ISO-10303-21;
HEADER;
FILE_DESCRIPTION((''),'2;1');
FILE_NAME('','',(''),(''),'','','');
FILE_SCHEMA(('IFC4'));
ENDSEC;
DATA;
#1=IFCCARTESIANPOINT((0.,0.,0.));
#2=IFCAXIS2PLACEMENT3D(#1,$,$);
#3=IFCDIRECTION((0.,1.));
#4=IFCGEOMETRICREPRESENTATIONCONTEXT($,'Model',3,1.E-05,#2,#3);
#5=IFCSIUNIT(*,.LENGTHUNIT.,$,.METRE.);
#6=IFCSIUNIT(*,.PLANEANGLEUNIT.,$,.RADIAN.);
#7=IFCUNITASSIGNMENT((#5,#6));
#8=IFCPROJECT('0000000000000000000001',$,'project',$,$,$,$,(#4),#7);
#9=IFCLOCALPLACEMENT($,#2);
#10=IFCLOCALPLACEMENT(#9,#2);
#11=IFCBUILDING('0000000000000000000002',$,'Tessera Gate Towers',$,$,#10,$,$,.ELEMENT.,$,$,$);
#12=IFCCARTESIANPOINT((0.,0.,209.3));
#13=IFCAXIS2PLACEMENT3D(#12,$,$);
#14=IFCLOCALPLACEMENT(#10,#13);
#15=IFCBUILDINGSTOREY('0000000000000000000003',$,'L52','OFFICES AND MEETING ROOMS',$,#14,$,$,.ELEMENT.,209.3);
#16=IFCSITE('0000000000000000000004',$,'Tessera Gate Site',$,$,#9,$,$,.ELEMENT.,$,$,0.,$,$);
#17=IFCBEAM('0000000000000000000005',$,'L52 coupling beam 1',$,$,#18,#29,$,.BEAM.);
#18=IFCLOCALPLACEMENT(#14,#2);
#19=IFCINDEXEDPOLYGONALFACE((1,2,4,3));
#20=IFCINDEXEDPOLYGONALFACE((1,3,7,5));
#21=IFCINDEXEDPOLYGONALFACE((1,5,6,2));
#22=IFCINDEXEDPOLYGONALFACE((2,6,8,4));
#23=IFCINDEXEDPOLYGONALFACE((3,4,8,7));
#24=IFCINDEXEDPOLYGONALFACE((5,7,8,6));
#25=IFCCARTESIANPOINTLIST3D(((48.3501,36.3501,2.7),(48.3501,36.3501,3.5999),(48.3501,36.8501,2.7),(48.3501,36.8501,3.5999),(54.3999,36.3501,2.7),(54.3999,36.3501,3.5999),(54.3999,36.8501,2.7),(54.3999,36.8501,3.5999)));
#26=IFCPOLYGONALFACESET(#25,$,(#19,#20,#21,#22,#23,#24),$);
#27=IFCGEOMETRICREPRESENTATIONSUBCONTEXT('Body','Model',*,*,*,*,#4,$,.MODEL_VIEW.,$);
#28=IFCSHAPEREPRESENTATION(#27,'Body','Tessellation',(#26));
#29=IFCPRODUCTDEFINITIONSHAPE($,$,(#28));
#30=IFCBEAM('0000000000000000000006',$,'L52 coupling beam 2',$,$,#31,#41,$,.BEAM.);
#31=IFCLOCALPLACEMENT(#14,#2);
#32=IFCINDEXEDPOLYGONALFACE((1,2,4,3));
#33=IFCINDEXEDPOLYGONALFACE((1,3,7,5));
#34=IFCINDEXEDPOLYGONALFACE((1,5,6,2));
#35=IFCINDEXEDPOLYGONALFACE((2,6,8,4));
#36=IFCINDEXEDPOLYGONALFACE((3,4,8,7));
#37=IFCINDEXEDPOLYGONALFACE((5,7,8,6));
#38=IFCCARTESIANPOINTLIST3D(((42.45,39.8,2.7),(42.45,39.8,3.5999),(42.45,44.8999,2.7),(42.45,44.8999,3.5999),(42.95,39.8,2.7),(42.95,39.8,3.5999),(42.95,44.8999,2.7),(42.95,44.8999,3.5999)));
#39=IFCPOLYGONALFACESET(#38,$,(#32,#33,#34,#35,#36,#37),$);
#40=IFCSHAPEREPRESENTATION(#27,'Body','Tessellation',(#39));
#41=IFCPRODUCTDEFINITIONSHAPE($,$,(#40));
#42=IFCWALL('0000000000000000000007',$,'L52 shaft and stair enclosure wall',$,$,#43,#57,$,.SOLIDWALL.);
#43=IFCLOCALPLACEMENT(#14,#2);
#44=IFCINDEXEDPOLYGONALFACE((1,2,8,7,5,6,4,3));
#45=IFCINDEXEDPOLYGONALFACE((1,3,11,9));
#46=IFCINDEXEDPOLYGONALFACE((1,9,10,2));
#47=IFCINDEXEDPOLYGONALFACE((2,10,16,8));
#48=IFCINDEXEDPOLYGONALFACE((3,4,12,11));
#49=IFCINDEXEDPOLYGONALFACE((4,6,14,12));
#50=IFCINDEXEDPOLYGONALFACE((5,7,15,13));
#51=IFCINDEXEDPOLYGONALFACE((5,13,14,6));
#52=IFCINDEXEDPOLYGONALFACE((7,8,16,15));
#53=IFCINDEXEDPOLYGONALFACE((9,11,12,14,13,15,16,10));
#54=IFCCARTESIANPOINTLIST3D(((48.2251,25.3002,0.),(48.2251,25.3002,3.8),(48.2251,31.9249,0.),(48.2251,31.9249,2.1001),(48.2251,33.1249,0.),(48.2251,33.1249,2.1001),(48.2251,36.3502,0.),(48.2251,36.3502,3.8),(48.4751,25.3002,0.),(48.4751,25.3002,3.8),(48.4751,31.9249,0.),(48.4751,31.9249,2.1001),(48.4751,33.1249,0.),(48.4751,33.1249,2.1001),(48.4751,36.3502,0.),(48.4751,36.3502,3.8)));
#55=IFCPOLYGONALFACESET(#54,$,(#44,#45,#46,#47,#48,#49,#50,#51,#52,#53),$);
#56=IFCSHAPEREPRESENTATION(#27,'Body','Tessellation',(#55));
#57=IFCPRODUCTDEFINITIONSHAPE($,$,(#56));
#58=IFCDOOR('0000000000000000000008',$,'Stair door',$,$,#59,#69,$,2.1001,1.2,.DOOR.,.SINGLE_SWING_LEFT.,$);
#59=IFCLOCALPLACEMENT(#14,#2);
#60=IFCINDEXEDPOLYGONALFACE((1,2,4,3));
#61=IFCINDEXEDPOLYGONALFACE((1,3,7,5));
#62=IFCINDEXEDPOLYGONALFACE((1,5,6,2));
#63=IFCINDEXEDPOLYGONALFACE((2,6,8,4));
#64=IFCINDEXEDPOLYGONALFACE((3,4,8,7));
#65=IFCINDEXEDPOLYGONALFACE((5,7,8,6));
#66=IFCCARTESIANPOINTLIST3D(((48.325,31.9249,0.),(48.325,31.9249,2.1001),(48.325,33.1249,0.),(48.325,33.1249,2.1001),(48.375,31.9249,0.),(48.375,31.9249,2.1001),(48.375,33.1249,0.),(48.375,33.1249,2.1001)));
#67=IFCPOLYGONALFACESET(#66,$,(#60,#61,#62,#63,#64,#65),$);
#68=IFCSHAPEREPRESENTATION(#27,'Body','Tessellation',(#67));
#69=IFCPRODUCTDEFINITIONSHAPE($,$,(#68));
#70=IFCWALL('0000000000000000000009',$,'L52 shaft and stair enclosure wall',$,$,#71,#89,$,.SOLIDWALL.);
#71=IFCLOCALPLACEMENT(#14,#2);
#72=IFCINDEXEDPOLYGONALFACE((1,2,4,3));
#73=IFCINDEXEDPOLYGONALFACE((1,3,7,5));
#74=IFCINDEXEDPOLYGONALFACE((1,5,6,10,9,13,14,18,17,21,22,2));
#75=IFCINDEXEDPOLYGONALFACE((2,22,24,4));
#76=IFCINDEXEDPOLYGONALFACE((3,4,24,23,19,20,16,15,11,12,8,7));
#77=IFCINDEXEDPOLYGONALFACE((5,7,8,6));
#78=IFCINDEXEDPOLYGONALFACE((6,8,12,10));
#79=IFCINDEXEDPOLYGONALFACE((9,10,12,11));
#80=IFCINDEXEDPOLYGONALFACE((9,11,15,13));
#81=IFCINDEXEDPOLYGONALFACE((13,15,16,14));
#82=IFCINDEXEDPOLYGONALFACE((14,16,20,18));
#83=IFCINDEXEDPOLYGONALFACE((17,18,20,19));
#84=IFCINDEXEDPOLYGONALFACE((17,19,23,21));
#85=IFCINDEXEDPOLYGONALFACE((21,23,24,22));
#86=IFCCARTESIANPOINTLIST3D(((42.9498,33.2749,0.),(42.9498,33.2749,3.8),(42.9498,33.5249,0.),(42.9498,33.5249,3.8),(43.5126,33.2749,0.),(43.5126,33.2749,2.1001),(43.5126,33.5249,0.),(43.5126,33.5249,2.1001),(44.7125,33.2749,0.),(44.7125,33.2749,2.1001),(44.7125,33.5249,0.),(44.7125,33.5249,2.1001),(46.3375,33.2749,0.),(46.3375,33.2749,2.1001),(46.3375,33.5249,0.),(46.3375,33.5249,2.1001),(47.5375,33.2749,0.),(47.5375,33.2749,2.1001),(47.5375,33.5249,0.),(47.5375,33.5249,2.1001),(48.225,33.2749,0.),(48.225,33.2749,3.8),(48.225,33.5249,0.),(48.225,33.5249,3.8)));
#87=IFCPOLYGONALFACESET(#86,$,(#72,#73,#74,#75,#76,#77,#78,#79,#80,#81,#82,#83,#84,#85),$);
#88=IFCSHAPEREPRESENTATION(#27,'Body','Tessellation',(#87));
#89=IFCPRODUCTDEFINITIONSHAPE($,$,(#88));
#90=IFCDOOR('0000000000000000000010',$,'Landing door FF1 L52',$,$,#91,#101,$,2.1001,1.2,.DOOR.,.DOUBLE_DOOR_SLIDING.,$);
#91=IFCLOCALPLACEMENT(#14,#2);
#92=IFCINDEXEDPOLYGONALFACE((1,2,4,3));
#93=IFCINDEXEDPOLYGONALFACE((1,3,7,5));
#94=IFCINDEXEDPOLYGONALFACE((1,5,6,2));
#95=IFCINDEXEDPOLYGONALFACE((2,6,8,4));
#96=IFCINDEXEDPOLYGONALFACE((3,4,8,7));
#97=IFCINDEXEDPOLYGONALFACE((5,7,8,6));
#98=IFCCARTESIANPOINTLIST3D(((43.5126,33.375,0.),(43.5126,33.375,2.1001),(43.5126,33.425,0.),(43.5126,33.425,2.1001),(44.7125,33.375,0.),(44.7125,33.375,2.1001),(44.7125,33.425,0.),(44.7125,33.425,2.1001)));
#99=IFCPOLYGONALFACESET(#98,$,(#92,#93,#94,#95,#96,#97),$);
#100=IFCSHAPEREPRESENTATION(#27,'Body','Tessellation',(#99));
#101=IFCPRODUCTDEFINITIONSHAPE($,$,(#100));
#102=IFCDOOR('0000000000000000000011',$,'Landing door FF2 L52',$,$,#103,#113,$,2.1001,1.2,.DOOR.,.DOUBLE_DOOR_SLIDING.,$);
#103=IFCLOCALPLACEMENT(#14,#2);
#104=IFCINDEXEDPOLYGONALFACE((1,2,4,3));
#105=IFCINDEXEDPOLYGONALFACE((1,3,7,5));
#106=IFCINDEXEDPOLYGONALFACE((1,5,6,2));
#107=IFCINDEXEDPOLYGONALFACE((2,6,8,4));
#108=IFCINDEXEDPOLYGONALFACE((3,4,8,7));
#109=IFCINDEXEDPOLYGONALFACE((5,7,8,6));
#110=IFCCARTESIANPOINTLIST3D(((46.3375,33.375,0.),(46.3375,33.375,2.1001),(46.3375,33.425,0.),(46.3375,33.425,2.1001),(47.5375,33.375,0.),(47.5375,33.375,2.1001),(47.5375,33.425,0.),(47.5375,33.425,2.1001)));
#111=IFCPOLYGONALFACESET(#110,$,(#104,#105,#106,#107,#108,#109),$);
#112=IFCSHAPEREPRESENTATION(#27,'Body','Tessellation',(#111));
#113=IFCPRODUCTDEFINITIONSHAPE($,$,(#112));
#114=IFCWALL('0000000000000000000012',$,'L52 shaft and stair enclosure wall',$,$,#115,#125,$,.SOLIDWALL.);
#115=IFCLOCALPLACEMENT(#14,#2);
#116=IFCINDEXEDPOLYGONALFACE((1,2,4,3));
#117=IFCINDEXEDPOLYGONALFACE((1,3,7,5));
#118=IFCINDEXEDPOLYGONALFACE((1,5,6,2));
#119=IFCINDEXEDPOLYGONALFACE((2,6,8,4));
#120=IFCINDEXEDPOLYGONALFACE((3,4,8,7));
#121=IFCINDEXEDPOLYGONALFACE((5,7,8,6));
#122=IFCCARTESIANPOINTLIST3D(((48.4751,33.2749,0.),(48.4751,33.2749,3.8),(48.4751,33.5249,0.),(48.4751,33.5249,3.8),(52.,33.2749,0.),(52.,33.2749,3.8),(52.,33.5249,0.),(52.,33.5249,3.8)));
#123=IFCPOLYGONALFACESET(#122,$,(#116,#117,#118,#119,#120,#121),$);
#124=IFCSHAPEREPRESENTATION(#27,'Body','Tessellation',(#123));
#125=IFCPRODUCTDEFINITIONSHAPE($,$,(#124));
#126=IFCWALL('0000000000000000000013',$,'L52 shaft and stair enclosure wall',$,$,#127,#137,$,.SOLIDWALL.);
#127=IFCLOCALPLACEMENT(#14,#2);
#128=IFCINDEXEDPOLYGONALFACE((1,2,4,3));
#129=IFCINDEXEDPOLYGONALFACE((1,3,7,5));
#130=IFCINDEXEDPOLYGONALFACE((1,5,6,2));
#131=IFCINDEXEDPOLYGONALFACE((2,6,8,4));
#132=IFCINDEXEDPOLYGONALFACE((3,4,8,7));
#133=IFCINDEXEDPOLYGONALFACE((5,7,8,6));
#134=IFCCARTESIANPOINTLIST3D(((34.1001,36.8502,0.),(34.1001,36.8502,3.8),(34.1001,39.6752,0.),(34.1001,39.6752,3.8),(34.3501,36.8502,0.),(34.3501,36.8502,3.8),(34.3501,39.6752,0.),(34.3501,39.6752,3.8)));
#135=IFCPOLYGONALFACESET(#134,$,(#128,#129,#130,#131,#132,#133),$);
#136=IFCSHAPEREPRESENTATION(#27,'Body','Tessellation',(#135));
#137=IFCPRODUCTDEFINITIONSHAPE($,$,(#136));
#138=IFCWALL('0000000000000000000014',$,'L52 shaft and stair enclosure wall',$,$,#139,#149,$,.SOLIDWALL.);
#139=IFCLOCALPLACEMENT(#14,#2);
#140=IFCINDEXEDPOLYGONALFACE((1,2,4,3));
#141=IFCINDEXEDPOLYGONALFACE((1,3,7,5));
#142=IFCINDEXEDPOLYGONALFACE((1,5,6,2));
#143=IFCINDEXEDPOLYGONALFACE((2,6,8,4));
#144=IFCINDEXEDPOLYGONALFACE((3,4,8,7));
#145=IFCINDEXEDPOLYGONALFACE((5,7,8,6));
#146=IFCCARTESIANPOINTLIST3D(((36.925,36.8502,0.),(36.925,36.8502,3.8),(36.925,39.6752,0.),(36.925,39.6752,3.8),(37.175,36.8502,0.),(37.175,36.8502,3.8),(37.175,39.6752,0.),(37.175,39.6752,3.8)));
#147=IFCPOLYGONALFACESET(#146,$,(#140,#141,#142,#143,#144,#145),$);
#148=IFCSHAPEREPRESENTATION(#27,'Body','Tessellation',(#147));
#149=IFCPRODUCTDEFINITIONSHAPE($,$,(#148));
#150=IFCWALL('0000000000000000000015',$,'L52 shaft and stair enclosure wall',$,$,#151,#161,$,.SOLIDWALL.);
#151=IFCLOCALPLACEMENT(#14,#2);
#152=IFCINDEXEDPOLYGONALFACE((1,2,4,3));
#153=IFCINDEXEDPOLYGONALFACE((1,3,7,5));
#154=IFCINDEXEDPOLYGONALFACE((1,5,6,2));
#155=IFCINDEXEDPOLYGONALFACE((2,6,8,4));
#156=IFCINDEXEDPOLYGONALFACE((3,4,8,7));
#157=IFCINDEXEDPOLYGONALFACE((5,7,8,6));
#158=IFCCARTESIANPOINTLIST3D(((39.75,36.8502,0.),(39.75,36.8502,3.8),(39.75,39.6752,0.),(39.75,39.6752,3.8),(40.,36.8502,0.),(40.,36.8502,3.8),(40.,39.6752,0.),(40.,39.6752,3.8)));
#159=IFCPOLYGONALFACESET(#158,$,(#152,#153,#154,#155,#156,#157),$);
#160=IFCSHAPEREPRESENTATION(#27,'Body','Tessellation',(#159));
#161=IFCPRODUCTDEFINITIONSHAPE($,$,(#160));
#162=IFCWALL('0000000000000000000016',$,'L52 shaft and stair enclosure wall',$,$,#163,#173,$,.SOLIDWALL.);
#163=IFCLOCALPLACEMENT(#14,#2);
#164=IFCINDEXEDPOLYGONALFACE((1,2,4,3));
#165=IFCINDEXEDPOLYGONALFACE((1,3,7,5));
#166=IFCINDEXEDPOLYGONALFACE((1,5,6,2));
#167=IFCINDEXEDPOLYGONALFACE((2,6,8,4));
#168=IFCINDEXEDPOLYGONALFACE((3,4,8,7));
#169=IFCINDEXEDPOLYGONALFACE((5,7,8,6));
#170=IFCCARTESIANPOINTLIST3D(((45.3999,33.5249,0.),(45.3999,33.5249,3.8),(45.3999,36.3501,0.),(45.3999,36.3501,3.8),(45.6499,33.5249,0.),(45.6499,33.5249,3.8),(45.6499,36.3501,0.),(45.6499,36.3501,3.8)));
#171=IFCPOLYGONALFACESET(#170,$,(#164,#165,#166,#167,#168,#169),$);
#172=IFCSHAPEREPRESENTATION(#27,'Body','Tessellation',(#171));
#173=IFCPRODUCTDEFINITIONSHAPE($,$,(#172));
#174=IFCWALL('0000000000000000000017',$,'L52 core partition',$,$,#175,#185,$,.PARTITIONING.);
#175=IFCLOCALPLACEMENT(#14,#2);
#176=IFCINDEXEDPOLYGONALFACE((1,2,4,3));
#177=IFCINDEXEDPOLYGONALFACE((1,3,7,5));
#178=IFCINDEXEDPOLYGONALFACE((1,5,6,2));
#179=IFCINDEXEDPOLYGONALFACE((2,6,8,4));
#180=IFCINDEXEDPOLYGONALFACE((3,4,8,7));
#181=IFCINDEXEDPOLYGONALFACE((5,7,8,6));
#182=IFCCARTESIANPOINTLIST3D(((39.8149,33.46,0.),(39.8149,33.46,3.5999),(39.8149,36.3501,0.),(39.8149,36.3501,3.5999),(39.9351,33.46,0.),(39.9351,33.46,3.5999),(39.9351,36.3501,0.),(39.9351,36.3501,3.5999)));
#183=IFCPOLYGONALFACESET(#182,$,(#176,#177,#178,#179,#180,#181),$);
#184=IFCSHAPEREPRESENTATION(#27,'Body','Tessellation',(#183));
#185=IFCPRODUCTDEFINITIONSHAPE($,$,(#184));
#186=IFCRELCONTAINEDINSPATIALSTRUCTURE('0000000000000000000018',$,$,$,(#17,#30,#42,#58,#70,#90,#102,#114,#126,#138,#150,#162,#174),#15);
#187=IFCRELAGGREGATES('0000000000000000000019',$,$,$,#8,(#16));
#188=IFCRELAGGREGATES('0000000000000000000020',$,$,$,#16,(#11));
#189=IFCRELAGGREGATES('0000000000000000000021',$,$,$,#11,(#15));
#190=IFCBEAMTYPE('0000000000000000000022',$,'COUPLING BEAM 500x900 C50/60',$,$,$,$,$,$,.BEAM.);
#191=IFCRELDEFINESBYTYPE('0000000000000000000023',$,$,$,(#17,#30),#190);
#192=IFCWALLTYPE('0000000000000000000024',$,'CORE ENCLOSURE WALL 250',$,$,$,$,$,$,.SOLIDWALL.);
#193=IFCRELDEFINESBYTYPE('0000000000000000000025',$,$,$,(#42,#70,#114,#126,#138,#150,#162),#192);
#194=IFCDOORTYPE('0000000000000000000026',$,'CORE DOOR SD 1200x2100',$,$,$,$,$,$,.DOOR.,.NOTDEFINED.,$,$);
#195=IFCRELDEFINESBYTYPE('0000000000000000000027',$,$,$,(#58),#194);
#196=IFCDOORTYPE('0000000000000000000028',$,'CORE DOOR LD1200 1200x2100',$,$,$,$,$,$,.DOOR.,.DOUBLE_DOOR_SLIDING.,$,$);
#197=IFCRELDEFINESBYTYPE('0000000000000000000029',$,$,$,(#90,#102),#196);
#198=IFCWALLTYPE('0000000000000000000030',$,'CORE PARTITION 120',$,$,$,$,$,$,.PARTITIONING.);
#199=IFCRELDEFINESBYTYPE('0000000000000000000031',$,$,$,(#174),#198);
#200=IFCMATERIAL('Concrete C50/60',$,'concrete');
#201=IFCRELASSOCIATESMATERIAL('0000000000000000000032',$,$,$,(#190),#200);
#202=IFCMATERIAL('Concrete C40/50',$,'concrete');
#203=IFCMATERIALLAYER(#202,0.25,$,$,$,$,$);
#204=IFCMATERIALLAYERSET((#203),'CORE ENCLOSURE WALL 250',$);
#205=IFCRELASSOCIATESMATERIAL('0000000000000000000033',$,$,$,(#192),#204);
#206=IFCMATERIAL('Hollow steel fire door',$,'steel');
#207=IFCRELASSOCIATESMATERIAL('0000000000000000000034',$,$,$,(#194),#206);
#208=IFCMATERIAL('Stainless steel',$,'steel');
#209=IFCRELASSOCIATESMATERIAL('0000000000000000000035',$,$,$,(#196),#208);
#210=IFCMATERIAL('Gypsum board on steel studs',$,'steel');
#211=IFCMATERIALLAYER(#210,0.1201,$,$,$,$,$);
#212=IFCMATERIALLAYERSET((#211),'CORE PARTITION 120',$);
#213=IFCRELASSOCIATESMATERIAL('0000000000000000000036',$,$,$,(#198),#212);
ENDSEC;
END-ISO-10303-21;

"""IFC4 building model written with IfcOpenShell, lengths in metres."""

from ifc_helpers import new_model, si_unit, direction, frame, frame_2d, origin, origin_2d, place, context, subcontext, project, spatial, rectangle, extrude, source, transform, mapped, material, layer, layer_set, material_profile, profile_set, type_object, element, fill, save


model = new_model("IFC4")

# Units and contexts
model_context = context("Model", 3, precision=1e-05, world=origin(), true_north=direction((0.0, 1.0)))
body_context = subcontext(model_context, "Body", "Model", "MODEL_VIEW")
ifc_project = project(units=[si_unit("LENGTHUNIT", "METRE"), si_unit("PLANEANGLEUNIT", "RADIAN")], contexts=[model_context])

# Site, building, storey
site_placement = place(None, origin())
site = spatial("IfcSite", under=ifc_project, at=site_placement, Name="Tessera Gate Site", CompositionType="ELEMENT", RefElevation=0.0)
building_placement = place(site_placement, origin())
building = spatial("IfcBuilding", under=site, at=building_placement, Name="Tessera Gate Towers", CompositionType="ELEMENT")
storey_placement = place(building_placement, frame((0.0, 0.0, 209.3)))
storey = spatial("IfcBuildingStorey", under=building, at=storey_placement, Name="L52", Description="OFFICES AND MEETING ROOMS", CompositionType="ELEMENT", Elevation=209.3)

# Beams
ifc_material_1 = material(Name="Concrete C50/60", Category="concrete")
ifc_material_profile = material_profile(ifc_material_1, rectangle(XDim=0.5, YDim=0.8999, at=origin_2d()), Name="RC 500x900")
ifc_profile_set = profile_set([ifc_material_profile], Name="Concrete C50/60")
beam_type = type_object("IfcBeamType", Name="COUPLING BEAM 500x900 C50/60", PredefinedType="BEAM", material=ifc_profile_set)
beam_1_placement = place(storey_placement, frame((48.3501, 36.6001, 3.1499), z_axis=(1.0, 0.0, 0.0), x_axis=(0.0, 1.0, 0.0)))
element("IfcBeam", 1, at=beam_1_placement, inside=storey, type_object=beam_type, Name="L52 coupling beam 1", PredefinedType="BEAM", context=body_context, shape_type="SweptSolid", body=[
    extrude(rectangle(XDim=0.5, YDim=0.8999, at=origin_2d()), origin(), (0.0, 0.0, 1.0), 6.0498),
])
beam_2_placement = place(storey_placement, frame((42.7, 39.8, 3.1499), z_axis=(0.0, 1.0, 0.0), x_axis=(-1.0, 0.0, 0.0)))
element("IfcBeam", 2, at=beam_2_placement, inside=storey, type_object=beam_type, Name="L52 coupling beam 2", PredefinedType="BEAM", context=body_context, shape_type="SweptSolid", body=[
    extrude(rectangle(XDim=0.5, YDim=0.8999, at=origin_2d()), origin(), (0.0, 0.0, 1.0), 5.0999),
])

# Wall, opening, door
ifc_material_2 = material(Name="Concrete C40/50", Category="concrete")
ifc_layer_1 = layer(ifc_material_2, 0.25)
ifc_layer_set_1 = layer_set([ifc_layer_1], Name="CORE ENCLOSURE WALL 250")
wall_type_1 = type_object("IfcWallType", Name="CORE ENCLOSURE WALL 250", PredefinedType="SOLIDWALL", material=ifc_layer_set_1)
wall_1_placement = place(storey_placement, frame((48.3501, 36.3501, 0.0), z_axis=(0.0, 0.0, 1.0), x_axis=(0.0, -1.0, 0.0)))
wall_1 = element("IfcWall", 3, at=wall_1_placement, inside=storey, type_object=wall_type_1, Name="L52 shaft and stair enclosure wall", PredefinedType="SOLIDWALL", context=body_context, shape_type="SweptSolid", body=[
    extrude(rectangle(XDim=11.05, YDim=0.25, at=frame_2d((5.5249, 0.0))), origin(), (0.0, 0.0, 1.0), 3.8),
])
shared_shape_1 = source(origin(), body_context, "Body", "SweptSolid", [
    extrude(rectangle(XDim=1.2, YDim=2.1001, at=frame_2d((0.6001, 1.05))), frame((0.0, 0.135, 0.0), z_axis=(0.0, -1.0, 0.0), x_axis=(1.0, 0.0, 0.0)), (0.0, 0.0, 1.0), 0.27),
])
opening_1_placement = place(wall_1_placement, frame((3.2251, 0.0, 0.0)))
opening_1 = element("IfcOpeningElement", 4, at=opening_1_placement, cuts=wall_1, PredefinedType="OPENING", context=body_context, shape_type="MappedRepresentation", body=[
    mapped(shared_shape_1, transform((0.0, 0.0, 0.0), scale=1.0)),
])
ifc_material_3 = material(Name="Hollow steel fire door", Category="steel")
door_type_1 = type_object("IfcDoorType", Name="CORE DOOR SD 1200x2100", OperationType="NOTDEFINED", PredefinedType="DOOR", material=ifc_material_3)
shared_shape_2 = source(origin(), body_context, "Body", "SweptSolid", [
    extrude(rectangle(XDim=1.2, YDim=2.1001, at=frame_2d((0.6001, 1.05))), frame((0.0, 0.0249, 0.0), z_axis=(0.0, -1.0, 0.0), x_axis=(1.0, 0.0, 0.0)), (0.0, 0.0, 1.0), 0.05),
])
door_1_placement = place(opening_1_placement, origin())
door_1 = element("IfcDoor", 5, at=door_1_placement, inside=storey, type_object=door_type_1, Name="Stair door", OperationType="SINGLE_SWING_LEFT", OverallHeight=2.1001, OverallWidth=1.2, PredefinedType="DOOR", context=body_context, shape_type="MappedRepresentation", body=[
    mapped(shared_shape_2, transform((0.0, 0.0, 0.0), scale=1.0)),
])
fill(opening_1, door_1)

# Wall, openings, doors
wall_2_placement = place(storey_placement, frame((48.2251, 33.3999, 0.0), z_axis=(0.0, 0.0, 1.0), x_axis=(-1.0, 0.0, 0.0)))
wall_2 = element("IfcWall", 6, at=wall_2_placement, inside=storey, type_object=wall_type_1, Name="L52 shaft and stair enclosure wall", PredefinedType="SOLIDWALL", context=body_context, shape_type="SweptSolid", body=[
    extrude(rectangle(XDim=5.2751, YDim=0.25, at=frame_2d((2.6377, 0.0))), origin(), (0.0, 0.0, 1.0), 3.8),
])
opening_2_placement = place(wall_2_placement, frame((3.5125, 0.0, 0.0)))
opening_2 = element("IfcOpeningElement", 7, at=opening_2_placement, cuts=wall_2, PredefinedType="OPENING", context=body_context, shape_type="MappedRepresentation", body=[
    mapped(shared_shape_1, transform((0.0, 0.0, 0.0), scale=1.0)),
])
opening_3_placement = place(wall_2_placement, frame((0.6875, 0.0, 0.0)))
opening_3 = element("IfcOpeningElement", 8, at=opening_3_placement, cuts=wall_2, PredefinedType="OPENING", context=body_context, shape_type="MappedRepresentation", body=[
    mapped(shared_shape_1, transform((0.0, 0.0, 0.0), scale=1.0)),
])
ifc_material_4 = material(Name="Stainless steel", Category="steel")
door_type_2 = type_object("IfcDoorType", Name="CORE DOOR LD1200 1200x2100", OperationType="DOUBLE_DOOR_SLIDING", PredefinedType="DOOR", material=ifc_material_4)
door_2_placement = place(opening_2_placement, origin())
door_2 = element("IfcDoor", 9, at=door_2_placement, inside=storey, type_object=door_type_2, Name="Landing door FF1 L52", OperationType="DOUBLE_DOOR_SLIDING", OverallHeight=2.1001, OverallWidth=1.2, PredefinedType="DOOR", context=body_context, shape_type="MappedRepresentation", body=[
    mapped(shared_shape_2, transform((0.0, 0.0, 0.0), scale=1.0)),
])
fill(opening_2, door_2)
door_3_placement = place(opening_3_placement, origin())
door_3 = element("IfcDoor", 10, at=door_3_placement, inside=storey, type_object=door_type_2, Name="Landing door FF2 L52", OperationType="DOUBLE_DOOR_SLIDING", OverallHeight=2.1001, OverallWidth=1.2, PredefinedType="DOOR", context=body_context, shape_type="MappedRepresentation", body=[
    mapped(shared_shape_2, transform((0.0, 0.0, 0.0), scale=1.0)),
])
fill(opening_3, door_3)

# Walls
wall_3_placement = place(storey_placement, frame((48.4751, 33.3999, 0.0), z_axis=(0.0, 0.0, 1.0), x_axis=(1.0, 0.0, 0.0)))
element("IfcWall", 11, at=wall_3_placement, inside=storey, type_object=wall_type_1, Name="L52 shaft and stair enclosure wall", PredefinedType="SOLIDWALL", context=body_context, shape_type="SweptSolid", body=[
    extrude(rectangle(XDim=3.5249, YDim=0.25, at=frame_2d((1.7625, 0.0))), origin(), (0.0, 0.0, 1.0), 3.8),
])
for number, where, z_axis, x_axis, name in (
    (12, (34.2251, 36.8501, 0.0), (0.0, 0.0, 1.0), (0.0, 1.0, 0.0), "L52 shaft and stair enclosure wall"),
    (13, (37.05, 36.8501, 0.0), (0.0, 0.0, 1.0), (0.0, 1.0, 0.0), "L52 shaft and stair enclosure wall"),
    (14, (39.875, 36.8501, 0.0), (0.0, 0.0, 1.0), (0.0, 1.0, 0.0), "L52 shaft and stair enclosure wall"),
):
    element("IfcWall", number, at=place(storey_placement, frame(where, z_axis=z_axis, x_axis=x_axis)), inside=storey, type_object=wall_type_1, Name=name, PredefinedType="SOLIDWALL", context=body_context, shape_type="SweptSolid", body=[
        extrude(rectangle(XDim=2.825, YDim=0.25, at=frame_2d((1.4126, 0.0))), origin(), (0.0, 0.0, 1.0), 3.8),
    ])
wall_4_placement = place(storey_placement, frame((45.5249, 33.5249, 0.0), z_axis=(0.0, 0.0, 1.0), x_axis=(0.0, 1.0, 0.0)))
element("IfcWall", 15, at=wall_4_placement, inside=storey, type_object=wall_type_1, Name="L52 shaft and stair enclosure wall", PredefinedType="SOLIDWALL", context=body_context, shape_type="SweptSolid", body=[
    extrude(rectangle(XDim=2.8252, YDim=0.25, at=frame_2d((1.4126, 0.0))), origin(), (0.0, 0.0, 1.0), 3.8),
])
ifc_material_5 = material(Name="Gypsum board on steel studs", Category="steel")
ifc_layer_2 = layer(ifc_material_5, 0.1201)
ifc_layer_set_2 = layer_set([ifc_layer_2], Name="CORE PARTITION 120")
wall_type_2 = type_object("IfcWallType", Name="CORE PARTITION 120", PredefinedType="PARTITIONING", material=ifc_layer_set_2)
wall_5_placement = place(storey_placement, frame((39.875, 33.46, 0.0), z_axis=(0.0, 0.0, 1.0), x_axis=(0.0, 1.0, 0.0)))
element("IfcWall", 16, at=wall_5_placement, inside=storey, type_object=wall_type_2, Name="L52 core partition", PredefinedType="PARTITIONING", context=body_context, shape_type="SweptSolid", body=[
    extrude(rectangle(XDim=2.8901, YDim=0.1201, at=frame_2d((1.4451, 0.0))), origin(), (0.0, 0.0, 1.0), 3.5999),
])

save(model, "model.ifc")
